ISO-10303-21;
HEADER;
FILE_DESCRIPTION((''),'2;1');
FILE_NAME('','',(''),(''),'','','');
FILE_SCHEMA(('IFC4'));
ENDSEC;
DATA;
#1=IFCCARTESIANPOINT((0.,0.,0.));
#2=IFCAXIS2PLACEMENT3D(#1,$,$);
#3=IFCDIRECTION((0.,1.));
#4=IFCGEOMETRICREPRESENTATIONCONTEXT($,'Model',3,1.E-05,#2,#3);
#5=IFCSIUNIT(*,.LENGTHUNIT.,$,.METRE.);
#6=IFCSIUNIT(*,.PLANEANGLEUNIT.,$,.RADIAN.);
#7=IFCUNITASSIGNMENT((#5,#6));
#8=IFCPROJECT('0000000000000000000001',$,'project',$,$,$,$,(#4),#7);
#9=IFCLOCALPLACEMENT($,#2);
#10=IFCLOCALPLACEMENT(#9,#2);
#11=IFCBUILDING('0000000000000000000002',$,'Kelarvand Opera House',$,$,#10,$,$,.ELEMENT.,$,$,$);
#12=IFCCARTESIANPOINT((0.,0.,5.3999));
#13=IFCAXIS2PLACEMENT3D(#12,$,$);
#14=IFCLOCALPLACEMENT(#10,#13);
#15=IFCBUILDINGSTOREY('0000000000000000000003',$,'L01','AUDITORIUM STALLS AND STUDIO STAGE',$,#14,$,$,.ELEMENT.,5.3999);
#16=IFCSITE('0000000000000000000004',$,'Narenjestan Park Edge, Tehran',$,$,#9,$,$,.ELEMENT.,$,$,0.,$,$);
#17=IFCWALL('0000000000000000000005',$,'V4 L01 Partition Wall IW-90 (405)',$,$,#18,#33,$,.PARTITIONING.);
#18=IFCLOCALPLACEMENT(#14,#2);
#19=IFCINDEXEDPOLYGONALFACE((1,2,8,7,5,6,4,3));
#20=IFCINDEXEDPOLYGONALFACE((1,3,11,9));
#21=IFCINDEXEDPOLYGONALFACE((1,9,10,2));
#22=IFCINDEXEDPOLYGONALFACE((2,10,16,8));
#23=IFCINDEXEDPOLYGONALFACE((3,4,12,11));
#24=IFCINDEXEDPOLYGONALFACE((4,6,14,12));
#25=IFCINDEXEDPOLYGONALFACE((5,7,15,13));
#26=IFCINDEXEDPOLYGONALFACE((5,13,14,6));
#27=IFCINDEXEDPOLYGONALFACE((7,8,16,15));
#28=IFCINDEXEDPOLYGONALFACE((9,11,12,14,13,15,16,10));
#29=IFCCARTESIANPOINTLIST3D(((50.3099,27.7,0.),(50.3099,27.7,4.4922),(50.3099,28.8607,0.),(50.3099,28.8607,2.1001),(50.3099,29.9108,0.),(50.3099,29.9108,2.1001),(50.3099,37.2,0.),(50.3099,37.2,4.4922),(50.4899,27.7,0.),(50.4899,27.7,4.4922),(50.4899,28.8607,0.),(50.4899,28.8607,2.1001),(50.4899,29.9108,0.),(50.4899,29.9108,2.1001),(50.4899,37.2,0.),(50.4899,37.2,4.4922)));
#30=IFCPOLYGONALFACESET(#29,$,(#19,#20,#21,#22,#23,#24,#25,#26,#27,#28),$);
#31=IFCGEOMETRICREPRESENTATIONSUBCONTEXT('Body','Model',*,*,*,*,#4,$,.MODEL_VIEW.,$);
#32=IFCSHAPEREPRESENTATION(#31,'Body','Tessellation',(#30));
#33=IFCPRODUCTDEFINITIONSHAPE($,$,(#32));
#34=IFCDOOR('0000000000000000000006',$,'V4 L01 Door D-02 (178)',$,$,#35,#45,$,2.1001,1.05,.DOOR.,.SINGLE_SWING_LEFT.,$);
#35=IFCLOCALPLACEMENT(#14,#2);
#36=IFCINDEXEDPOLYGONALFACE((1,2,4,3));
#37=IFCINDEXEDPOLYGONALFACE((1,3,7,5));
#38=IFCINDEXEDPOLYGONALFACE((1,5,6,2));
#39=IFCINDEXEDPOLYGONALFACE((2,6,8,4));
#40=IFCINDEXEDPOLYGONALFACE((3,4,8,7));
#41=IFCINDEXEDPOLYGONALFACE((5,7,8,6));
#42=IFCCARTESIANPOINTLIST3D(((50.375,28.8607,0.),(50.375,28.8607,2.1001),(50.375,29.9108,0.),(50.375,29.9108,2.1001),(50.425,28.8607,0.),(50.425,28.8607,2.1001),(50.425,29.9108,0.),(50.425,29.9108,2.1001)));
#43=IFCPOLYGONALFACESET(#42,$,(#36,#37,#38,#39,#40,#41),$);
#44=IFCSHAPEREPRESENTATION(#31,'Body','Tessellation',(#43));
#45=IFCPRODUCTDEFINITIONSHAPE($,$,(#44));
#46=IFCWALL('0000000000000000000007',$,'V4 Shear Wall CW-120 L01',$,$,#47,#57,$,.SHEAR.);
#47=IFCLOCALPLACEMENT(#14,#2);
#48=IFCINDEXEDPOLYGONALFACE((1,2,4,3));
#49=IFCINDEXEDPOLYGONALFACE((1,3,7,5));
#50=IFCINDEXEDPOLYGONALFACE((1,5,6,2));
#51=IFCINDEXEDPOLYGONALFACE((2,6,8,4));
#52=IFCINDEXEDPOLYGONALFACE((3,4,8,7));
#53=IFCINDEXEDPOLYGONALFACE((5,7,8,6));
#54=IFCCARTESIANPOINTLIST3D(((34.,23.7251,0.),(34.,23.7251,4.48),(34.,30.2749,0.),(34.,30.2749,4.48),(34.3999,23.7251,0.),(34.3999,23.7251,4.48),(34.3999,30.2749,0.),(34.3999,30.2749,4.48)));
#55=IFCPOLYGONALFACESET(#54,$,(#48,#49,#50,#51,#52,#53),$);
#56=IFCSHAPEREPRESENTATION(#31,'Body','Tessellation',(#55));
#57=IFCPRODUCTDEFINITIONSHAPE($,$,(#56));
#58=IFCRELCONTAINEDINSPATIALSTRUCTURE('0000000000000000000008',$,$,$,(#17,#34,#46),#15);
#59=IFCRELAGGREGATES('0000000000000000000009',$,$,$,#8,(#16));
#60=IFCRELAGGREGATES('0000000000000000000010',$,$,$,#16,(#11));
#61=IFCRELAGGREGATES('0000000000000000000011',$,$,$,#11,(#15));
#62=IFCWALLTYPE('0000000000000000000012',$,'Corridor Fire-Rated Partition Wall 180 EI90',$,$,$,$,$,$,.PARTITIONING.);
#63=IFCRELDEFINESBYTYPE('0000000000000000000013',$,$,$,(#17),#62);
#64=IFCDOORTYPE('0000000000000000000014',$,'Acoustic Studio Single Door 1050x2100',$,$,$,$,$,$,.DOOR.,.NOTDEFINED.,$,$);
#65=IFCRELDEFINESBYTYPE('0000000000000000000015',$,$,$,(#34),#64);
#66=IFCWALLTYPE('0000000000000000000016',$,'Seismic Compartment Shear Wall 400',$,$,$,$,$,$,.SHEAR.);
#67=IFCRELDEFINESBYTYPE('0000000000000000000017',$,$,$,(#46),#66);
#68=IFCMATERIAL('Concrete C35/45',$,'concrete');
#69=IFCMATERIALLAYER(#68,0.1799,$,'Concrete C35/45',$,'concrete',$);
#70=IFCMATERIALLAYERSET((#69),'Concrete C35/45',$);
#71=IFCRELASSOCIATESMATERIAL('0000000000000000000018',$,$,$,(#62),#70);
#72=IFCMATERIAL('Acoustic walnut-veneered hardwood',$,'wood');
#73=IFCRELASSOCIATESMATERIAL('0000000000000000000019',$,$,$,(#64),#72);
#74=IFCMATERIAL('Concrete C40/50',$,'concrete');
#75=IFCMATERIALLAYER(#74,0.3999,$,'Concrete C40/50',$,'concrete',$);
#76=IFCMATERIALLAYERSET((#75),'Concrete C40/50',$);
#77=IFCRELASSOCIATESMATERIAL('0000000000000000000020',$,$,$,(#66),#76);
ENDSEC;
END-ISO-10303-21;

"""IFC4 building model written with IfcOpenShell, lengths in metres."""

from ifc_helpers import new_model, si_unit, direction, frame, frame_2d, origin, place, context, subcontext, project, spatial, rectangle, extrude, material, layer, layer_set, type_object, element, fill, save


model = new_model("IFC4")

# Units and contexts
model_context = context("Model", 3, precision=1e-05, world=origin(), true_north=direction((0.0, 1.0)))
body_context = subcontext(model_context, "Body", "Model", "MODEL_VIEW")
ifc_project = project(units=[si_unit("LENGTHUNIT", "METRE"), si_unit("PLANEANGLEUNIT", "RADIAN")], contexts=[model_context])

# Site, building, storey
site_placement = place(None, origin())
site = spatial("IfcSite", under=ifc_project, at=site_placement, Name="Narenjestan Park Edge, Tehran", CompositionType="ELEMENT", RefElevation=0.0)
building_placement = place(site_placement, origin())
building = spatial("IfcBuilding", under=site, at=building_placement, Name="Kelarvand Opera House", CompositionType="ELEMENT")
storey_placement = place(building_placement, frame((0.0, 0.0, 5.3999)))
storey = spatial("IfcBuildingStorey", under=building, at=storey_placement, Name="L01", Description="AUDITORIUM STALLS AND STUDIO STAGE", CompositionType="ELEMENT", Elevation=5.3999)

# Shared definitions
ifc_material_1 = material(Name="Concrete C40/50", Category="concrete")

# Shared definitions
ifc_material_2 = material(Name="Concrete C35/45", Category="concrete")

# Wall, opening, door
ifc_layer_1 = layer(ifc_material_2, 0.1799, Name="Concrete C35/45", Category="concrete")
ifc_layer_set_1 = layer_set([ifc_layer_1], Name="Concrete C35/45")
wall_type_1 = type_object("IfcWallType", Name="Corridor Fire-Rated Partition Wall 180 EI90", PredefinedType="PARTITIONING", material=ifc_layer_set_1)
wall_1_placement = place(storey_placement, frame((50.3999, 27.7, 0.0), z_axis=(0.0, 0.0, 1.0), x_axis=(0.0, 1.0, 0.0)))
wall_1 = element("IfcWall", 1, at=wall_1_placement, inside=storey, type_object=wall_type_1, Name="V4 L01 Partition Wall IW-90 (405)", PredefinedType="PARTITIONING", context=body_context, shape_type="SweptSolid", body=[
    extrude(rectangle(XDim=9.5, YDim=0.1799, at=frame_2d((4.75, 0.0))), origin(), (0.0, 0.0, 1.0), 4.4922),
])
opening_placement = place(wall_1_placement, frame((1.1609, 0.0, 0.0)))
opening = element("IfcOpeningElement", 2, at=opening_placement, cuts=wall_1, PredefinedType="OPENING", context=body_context, shape_type="SweptSolid", body=[
    extrude(rectangle(XDim=1.05, YDim=2.1001, at=frame_2d((0.5249, 1.05))), frame((0.0, 0.1001, 0.0), z_axis=(0.0, -1.0, 0.0), x_axis=(1.0, 0.0, 0.0)), (0.0, 0.0, 1.0), 0.2),
])
ifc_material_3 = material(Name="Acoustic walnut-veneered hardwood", Category="wood")
door_type = type_object("IfcDoorType", Name="Acoustic Studio Single Door 1050x2100", OperationType="NOTDEFINED", PredefinedType="DOOR", material=ifc_material_3)
door_placement = place(opening_placement, origin())
door = element("IfcDoor", 3, at=door_placement, inside=storey, type_object=door_type, Name="V4 L01 Door D-02 (178)", OperationType="SINGLE_SWING_LEFT", OverallHeight=2.1001, OverallWidth=1.05, PredefinedType="DOOR", context=body_context, shape_type="SweptSolid", body=[
    extrude(rectangle(XDim=1.05, YDim=2.1001, at=frame_2d((0.5249, 1.05))), frame((0.0, 0.0249, 0.0), z_axis=(0.0, -1.0, 0.0), x_axis=(1.0, 0.0, 0.0)), (0.0, 0.0, 1.0), 0.05),
])
fill(opening, door)

# Wall
ifc_layer_2 = layer(ifc_material_1, 0.3999, Name="Concrete C40/50", Category="concrete")
ifc_layer_set_2 = layer_set([ifc_layer_2], Name="Concrete C40/50")
wall_type_2 = type_object("IfcWallType", Name="Seismic Compartment Shear Wall 400", PredefinedType="SHEAR", material=ifc_layer_set_2)
wall_2_placement = place(storey_placement, frame((34.2, 23.7251, 0.0), z_axis=(0.0, 0.0, 1.0), x_axis=(0.0, 1.0, 0.0)))
element("IfcWall", 4, at=wall_2_placement, inside=storey, type_object=wall_type_2, Name="V4 Shear Wall CW-120 L01", PredefinedType="SHEAR", context=body_context, shape_type="SweptSolid", body=[
    extrude(rectangle(XDim=6.5498, YDim=0.3999, at=frame_2d((3.2749, 0.0))), origin(), (0.0, 0.0, 1.0), 4.48),
])

save(model, "model.ifc")
